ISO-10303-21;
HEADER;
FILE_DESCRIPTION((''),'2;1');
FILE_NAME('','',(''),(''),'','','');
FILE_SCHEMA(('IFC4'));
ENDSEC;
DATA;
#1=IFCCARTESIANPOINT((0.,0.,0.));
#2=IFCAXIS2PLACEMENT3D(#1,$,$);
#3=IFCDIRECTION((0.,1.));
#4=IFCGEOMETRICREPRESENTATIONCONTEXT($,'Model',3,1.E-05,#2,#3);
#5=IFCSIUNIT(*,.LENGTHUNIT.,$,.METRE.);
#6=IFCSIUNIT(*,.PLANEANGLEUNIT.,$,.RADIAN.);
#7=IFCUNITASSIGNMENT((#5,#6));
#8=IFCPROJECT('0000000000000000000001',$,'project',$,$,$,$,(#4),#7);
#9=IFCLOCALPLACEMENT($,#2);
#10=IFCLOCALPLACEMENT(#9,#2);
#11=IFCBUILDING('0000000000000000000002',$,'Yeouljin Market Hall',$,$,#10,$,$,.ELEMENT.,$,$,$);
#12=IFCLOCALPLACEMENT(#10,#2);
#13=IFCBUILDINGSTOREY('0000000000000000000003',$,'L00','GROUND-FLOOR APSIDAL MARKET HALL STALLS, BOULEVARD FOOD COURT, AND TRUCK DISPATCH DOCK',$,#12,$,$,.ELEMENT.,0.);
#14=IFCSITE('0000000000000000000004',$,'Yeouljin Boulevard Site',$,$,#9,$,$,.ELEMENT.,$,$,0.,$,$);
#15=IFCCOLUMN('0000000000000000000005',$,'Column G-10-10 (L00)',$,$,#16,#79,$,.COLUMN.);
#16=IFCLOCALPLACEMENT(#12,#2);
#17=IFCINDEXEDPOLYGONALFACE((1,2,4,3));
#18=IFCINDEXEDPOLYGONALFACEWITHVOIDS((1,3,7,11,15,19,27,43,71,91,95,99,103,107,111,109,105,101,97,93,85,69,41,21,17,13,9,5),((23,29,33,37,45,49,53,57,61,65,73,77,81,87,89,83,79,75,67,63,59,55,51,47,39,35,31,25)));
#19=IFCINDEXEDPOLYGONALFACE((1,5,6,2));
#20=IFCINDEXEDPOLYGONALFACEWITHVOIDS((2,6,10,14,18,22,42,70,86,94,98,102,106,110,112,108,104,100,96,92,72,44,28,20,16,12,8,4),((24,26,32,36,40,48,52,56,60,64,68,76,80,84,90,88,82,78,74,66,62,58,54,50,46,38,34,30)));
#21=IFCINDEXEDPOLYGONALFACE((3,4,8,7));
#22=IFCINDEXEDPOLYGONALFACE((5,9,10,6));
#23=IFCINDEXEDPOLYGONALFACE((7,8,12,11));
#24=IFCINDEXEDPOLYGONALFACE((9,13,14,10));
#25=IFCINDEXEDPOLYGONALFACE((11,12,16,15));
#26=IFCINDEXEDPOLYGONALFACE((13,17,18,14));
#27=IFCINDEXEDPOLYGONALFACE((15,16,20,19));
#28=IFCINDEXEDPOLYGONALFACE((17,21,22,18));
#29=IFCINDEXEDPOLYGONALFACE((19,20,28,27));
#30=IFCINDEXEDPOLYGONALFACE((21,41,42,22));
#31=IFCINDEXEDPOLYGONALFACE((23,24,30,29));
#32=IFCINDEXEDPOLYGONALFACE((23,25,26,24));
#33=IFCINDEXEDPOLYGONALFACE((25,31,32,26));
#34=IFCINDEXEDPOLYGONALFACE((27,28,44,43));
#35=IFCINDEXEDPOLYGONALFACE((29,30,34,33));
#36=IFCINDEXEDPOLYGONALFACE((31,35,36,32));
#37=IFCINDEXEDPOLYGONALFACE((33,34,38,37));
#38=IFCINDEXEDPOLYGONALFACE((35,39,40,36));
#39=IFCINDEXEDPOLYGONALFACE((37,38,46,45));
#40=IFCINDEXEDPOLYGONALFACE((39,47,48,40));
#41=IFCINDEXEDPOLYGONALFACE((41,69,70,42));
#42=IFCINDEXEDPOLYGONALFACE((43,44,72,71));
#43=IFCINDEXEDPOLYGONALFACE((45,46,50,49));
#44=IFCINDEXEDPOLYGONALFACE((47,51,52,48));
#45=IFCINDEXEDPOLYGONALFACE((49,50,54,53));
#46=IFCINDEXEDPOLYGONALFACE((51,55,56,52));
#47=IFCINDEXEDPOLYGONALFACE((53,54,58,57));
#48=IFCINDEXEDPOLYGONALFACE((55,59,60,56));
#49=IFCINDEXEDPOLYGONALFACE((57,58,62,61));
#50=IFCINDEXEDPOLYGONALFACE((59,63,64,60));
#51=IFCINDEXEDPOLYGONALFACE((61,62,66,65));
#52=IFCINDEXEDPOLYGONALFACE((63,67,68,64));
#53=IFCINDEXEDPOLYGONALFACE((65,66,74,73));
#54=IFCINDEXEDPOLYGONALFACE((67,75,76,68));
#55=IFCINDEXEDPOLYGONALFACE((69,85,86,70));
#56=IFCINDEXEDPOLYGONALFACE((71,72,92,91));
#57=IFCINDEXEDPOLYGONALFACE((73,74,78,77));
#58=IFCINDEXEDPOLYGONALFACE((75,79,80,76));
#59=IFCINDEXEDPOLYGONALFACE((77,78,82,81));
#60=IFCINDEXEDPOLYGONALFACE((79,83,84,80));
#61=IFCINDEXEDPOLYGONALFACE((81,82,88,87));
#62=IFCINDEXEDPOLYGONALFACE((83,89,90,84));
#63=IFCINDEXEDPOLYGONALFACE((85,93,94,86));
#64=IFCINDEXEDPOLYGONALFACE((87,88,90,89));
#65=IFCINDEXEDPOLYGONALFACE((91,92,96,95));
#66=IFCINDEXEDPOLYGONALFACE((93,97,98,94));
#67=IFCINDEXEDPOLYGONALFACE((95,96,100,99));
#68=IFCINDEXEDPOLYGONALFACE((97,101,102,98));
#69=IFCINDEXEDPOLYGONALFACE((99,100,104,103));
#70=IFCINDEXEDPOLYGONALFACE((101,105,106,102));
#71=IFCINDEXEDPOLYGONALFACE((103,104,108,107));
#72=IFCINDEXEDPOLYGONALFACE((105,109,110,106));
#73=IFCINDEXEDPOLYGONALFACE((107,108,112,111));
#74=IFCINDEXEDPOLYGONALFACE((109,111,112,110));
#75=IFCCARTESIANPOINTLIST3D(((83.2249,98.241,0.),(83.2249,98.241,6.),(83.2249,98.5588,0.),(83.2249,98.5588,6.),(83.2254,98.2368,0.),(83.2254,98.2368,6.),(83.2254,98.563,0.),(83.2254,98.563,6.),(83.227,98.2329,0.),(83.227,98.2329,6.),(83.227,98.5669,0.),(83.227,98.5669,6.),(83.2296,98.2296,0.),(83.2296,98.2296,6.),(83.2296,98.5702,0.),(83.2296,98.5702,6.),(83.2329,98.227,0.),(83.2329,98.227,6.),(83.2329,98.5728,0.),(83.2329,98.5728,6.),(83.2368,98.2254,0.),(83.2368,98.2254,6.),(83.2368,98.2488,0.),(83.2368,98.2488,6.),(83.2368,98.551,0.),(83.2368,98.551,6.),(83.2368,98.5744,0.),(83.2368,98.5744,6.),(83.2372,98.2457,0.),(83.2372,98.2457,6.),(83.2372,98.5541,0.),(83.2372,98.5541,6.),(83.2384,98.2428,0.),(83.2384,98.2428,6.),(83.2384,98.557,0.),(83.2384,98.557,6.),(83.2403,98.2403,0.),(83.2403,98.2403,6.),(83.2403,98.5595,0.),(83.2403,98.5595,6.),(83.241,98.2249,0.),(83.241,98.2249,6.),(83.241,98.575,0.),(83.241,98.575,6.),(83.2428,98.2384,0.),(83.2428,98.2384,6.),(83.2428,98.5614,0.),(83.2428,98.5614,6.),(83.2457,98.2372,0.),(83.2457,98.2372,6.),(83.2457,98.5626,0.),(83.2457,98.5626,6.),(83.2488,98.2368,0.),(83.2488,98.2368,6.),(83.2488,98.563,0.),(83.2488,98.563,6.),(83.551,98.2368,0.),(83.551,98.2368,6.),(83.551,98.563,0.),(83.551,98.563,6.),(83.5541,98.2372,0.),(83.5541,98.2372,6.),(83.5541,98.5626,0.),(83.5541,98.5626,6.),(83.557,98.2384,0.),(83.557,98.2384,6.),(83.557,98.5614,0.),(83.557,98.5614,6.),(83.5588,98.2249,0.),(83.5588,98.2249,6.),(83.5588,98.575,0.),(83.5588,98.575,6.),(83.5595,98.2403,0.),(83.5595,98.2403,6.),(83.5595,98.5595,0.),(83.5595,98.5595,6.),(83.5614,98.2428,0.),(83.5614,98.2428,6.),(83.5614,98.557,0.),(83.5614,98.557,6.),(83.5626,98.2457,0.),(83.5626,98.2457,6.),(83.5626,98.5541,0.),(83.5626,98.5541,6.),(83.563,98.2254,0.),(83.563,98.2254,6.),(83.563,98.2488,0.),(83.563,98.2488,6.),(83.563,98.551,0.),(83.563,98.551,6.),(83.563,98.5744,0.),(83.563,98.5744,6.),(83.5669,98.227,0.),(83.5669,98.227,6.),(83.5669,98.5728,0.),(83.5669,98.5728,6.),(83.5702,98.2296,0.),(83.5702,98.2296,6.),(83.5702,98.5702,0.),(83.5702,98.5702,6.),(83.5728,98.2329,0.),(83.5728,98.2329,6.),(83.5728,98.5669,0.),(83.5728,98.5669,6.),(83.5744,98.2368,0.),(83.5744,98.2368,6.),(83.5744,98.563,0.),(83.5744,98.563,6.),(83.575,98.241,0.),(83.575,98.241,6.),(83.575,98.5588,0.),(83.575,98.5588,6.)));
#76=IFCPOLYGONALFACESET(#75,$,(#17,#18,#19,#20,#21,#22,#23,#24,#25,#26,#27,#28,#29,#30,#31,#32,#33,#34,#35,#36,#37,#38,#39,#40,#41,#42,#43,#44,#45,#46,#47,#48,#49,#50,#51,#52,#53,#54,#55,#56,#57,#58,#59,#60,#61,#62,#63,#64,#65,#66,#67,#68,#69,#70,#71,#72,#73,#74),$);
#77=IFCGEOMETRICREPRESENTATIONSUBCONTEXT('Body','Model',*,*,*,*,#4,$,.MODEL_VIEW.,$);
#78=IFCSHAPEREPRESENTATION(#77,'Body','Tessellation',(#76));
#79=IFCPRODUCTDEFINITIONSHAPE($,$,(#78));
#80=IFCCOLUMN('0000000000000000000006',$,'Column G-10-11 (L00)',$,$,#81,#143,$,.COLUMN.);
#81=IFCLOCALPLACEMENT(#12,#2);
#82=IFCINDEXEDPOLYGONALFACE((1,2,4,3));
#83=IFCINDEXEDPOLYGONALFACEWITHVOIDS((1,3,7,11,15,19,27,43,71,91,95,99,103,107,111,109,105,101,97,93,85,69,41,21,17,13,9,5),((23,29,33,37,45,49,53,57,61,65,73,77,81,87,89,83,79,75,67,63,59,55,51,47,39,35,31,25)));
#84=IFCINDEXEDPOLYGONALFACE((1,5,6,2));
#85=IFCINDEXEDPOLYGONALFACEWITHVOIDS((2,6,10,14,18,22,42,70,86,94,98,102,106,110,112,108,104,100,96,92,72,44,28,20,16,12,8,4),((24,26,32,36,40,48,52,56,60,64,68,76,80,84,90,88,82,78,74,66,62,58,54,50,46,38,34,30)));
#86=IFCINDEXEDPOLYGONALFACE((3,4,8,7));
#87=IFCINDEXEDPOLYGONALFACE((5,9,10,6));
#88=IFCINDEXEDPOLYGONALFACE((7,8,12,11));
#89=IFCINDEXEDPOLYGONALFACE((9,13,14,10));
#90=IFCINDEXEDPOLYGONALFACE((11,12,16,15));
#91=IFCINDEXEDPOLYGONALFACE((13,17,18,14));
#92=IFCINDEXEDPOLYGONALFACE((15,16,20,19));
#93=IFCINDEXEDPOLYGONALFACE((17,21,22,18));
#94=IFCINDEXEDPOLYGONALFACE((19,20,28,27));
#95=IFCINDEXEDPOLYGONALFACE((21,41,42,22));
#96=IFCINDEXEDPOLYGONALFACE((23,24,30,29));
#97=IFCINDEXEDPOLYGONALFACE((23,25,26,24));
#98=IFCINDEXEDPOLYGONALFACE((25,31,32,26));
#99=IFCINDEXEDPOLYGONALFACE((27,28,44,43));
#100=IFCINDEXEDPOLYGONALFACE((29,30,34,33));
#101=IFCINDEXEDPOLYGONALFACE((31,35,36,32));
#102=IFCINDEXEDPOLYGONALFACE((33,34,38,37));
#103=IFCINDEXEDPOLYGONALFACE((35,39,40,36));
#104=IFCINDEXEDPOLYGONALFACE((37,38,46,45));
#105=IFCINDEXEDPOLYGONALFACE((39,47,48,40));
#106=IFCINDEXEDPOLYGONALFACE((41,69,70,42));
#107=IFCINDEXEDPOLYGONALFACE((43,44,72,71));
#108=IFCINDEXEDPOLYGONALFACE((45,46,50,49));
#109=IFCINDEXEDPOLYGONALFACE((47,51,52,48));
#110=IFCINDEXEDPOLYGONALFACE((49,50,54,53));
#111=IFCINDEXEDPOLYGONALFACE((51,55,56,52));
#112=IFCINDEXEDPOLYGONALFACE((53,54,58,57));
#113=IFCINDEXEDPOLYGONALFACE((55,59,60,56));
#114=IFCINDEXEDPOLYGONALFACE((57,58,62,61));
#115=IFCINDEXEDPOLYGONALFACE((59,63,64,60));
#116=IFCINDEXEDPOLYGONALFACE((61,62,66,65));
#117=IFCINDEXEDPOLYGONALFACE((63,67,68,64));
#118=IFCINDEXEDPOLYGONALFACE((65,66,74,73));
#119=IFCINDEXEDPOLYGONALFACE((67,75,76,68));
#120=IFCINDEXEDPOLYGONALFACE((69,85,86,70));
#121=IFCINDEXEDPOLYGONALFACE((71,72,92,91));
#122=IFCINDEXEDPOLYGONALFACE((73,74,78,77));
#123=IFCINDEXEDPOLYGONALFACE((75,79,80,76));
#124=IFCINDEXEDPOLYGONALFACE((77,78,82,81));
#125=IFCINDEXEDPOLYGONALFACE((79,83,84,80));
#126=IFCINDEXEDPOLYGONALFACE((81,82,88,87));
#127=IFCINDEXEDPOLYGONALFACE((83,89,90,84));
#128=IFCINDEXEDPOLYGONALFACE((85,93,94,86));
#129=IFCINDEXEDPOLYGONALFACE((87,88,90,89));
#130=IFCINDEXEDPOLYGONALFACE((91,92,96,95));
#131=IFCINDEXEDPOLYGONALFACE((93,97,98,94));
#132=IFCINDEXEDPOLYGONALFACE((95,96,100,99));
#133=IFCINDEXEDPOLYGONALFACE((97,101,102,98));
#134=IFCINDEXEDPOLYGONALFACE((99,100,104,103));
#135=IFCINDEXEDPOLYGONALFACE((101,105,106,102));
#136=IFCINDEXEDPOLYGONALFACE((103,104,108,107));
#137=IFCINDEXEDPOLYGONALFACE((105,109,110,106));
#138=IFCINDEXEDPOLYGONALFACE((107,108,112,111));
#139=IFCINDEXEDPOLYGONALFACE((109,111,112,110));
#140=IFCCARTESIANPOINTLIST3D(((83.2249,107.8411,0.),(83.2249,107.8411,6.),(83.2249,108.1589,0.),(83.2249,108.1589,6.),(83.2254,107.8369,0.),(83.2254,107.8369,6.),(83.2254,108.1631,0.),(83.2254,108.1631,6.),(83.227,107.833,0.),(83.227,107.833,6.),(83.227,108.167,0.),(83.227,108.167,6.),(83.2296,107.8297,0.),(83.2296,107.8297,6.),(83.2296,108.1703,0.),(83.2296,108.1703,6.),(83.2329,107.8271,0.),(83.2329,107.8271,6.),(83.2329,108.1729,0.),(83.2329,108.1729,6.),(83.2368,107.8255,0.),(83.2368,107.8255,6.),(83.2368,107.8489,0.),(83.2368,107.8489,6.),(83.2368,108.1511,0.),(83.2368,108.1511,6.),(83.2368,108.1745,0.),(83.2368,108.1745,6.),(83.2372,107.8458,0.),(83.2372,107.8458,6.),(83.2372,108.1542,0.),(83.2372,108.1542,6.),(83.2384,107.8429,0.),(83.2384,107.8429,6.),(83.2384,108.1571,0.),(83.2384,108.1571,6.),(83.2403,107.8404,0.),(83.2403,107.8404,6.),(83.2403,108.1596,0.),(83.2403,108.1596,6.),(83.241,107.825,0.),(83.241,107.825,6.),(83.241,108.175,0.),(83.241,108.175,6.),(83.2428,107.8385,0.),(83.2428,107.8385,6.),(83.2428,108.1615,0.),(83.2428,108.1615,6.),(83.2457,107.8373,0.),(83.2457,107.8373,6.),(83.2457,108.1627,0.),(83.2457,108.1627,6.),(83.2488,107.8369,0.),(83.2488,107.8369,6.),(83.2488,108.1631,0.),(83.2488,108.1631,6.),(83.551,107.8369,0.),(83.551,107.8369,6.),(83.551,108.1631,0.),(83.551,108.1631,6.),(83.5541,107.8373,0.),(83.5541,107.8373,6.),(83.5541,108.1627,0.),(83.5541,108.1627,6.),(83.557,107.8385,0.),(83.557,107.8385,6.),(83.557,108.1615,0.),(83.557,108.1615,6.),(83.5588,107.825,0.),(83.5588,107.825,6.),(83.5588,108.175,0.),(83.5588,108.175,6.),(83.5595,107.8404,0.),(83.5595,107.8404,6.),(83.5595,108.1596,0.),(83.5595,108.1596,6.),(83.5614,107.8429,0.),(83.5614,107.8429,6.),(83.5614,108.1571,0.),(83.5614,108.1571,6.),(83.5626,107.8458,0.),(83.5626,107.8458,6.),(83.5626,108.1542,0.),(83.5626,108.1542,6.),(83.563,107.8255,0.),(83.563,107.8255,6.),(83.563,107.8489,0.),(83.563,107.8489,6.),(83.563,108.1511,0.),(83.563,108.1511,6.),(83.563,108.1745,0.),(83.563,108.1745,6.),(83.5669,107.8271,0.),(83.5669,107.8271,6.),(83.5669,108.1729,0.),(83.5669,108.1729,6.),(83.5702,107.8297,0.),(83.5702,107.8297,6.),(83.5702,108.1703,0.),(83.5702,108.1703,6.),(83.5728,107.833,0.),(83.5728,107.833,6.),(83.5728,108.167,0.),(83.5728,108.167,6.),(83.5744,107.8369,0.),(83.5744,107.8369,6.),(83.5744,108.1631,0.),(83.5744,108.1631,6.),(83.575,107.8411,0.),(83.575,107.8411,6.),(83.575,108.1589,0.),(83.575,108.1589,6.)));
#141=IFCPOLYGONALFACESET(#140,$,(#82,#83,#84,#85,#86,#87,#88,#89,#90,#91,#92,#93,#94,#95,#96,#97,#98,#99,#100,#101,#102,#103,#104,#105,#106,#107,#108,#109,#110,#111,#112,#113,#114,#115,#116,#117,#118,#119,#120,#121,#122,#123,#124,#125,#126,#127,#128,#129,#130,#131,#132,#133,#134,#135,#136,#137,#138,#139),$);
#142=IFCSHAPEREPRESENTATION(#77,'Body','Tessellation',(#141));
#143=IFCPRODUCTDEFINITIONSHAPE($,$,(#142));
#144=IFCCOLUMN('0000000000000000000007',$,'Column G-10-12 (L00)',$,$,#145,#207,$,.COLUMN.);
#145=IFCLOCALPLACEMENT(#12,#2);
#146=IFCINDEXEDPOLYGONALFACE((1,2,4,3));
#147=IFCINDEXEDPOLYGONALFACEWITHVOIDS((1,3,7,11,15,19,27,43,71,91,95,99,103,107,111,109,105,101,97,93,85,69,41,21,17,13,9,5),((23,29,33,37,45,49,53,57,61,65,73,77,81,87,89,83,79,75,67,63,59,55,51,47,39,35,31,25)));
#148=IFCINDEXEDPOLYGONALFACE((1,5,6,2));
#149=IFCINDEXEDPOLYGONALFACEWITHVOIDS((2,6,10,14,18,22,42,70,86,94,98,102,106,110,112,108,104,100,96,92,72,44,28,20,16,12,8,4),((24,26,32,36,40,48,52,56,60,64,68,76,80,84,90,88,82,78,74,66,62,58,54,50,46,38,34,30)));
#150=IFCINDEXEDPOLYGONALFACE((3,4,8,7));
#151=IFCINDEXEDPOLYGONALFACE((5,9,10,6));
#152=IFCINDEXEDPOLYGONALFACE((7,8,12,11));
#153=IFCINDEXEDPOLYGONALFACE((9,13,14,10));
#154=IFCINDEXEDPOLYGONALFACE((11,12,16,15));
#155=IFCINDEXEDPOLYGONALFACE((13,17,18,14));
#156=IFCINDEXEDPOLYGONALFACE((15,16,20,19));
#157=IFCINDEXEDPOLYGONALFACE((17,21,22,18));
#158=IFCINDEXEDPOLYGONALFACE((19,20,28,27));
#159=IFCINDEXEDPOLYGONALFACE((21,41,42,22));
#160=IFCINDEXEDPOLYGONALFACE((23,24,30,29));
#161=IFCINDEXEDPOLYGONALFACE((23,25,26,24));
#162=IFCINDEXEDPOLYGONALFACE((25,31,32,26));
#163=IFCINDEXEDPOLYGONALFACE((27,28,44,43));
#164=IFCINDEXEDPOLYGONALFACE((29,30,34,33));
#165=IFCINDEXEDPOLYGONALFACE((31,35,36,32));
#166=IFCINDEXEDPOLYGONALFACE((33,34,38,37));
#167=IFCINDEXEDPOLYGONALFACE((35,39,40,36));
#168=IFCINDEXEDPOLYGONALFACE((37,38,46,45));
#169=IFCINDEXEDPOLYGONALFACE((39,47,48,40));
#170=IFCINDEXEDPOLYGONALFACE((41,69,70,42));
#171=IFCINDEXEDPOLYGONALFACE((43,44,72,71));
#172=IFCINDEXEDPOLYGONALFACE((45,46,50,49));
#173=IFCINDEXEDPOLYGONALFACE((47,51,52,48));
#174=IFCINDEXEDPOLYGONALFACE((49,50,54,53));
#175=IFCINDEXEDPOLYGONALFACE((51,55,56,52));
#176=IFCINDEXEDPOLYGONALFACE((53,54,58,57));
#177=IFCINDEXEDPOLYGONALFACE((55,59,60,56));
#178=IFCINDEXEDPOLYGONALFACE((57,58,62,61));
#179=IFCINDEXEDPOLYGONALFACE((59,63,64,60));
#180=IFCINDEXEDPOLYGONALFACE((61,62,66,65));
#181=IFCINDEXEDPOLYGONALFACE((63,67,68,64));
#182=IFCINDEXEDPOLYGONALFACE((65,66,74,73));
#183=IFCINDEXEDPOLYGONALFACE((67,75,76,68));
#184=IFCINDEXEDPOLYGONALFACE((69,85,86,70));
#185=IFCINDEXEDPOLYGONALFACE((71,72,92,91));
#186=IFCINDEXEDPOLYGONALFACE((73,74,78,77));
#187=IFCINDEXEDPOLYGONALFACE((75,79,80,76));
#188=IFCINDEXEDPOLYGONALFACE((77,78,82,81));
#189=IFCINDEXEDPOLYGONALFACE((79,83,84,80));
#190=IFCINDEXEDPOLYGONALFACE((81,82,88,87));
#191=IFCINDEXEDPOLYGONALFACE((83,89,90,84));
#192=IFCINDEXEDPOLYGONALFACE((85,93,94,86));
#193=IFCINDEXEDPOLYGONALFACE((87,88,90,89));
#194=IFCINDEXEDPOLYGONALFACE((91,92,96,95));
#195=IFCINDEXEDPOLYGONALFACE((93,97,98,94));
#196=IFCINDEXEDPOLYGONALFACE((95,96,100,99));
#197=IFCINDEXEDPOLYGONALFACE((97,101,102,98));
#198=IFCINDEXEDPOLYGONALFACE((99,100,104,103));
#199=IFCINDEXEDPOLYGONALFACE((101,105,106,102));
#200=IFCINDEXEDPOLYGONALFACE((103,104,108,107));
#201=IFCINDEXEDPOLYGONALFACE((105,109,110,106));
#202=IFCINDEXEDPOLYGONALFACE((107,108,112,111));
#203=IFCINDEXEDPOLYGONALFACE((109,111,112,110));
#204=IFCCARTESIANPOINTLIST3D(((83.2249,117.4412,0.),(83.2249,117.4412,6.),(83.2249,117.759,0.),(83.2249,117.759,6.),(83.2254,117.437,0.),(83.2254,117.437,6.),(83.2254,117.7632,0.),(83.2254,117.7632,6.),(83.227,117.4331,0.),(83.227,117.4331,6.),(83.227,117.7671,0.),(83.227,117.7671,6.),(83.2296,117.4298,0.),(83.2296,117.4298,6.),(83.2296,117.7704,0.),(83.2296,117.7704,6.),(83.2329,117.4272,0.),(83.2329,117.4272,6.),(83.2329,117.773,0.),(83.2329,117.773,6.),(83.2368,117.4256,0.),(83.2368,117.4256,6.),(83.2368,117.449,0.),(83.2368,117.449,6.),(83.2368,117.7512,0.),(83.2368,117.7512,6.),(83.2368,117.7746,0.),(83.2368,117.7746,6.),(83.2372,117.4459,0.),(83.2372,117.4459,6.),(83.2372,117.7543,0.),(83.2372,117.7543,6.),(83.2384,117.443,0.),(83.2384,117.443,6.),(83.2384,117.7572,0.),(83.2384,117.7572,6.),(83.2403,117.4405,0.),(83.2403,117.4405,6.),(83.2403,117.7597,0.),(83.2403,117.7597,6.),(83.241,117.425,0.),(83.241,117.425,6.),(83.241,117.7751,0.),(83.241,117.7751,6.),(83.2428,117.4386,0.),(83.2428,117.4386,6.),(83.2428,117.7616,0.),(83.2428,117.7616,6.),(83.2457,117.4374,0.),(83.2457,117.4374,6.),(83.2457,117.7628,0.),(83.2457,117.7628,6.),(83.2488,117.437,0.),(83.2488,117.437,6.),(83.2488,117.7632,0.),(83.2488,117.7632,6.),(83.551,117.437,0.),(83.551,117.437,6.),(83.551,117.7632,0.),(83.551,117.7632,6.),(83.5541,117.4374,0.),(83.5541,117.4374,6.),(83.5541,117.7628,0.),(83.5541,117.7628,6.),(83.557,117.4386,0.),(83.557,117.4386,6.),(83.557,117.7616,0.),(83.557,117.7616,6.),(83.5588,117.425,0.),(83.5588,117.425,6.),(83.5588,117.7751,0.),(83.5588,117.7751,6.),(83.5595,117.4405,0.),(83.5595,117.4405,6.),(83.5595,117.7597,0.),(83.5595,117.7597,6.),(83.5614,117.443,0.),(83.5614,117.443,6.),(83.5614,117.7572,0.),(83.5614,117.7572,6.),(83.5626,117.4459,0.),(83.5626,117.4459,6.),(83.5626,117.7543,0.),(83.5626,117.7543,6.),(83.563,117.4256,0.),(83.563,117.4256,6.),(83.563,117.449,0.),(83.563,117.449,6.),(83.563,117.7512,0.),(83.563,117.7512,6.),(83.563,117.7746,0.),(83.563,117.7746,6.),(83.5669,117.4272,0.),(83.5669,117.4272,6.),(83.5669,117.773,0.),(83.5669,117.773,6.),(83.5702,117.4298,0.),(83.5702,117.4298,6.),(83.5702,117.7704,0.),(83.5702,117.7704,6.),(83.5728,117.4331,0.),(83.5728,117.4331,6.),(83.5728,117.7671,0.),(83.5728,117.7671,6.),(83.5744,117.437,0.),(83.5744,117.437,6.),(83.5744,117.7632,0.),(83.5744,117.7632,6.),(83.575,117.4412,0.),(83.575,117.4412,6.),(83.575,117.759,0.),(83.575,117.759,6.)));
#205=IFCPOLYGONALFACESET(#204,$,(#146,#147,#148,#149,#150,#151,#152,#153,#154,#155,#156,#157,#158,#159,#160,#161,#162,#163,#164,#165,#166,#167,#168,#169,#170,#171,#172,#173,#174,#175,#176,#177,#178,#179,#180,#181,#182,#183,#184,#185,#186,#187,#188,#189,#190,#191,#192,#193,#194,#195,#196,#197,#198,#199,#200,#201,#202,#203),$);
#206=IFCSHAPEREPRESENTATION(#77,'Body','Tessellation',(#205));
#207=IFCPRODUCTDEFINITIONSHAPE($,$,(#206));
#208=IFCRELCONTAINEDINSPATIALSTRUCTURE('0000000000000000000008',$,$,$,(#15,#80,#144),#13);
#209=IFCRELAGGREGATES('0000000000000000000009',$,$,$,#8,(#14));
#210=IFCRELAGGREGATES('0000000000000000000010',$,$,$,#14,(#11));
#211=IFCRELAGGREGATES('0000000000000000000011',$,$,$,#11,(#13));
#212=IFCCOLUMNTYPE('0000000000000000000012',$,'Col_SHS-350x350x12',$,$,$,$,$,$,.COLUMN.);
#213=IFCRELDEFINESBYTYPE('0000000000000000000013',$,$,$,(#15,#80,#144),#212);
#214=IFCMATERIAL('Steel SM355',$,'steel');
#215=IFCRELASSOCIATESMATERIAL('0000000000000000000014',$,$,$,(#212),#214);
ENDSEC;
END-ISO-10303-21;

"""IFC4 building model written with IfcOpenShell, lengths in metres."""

from ifc_helpers import new_model, si_unit, direction, frame, origin, origin_2d, place, context, subcontext, project, spatial, hollow_rectangle, extrude, material, material_profile, profile_set, type_object, element, save


model = new_model("IFC4")

# Units and contexts
model_context = context("Model", 3, precision=1e-05, world=origin(), true_north=direction((0.0, 1.0)))
body_context = subcontext(model_context, "Body", "Model", "MODEL_VIEW")
ifc_project = project(units=[si_unit("LENGTHUNIT", "METRE"), si_unit("PLANEANGLEUNIT", "RADIAN")], contexts=[model_context])

# Site, building, storey
site_placement = place(None, origin())
site = spatial("IfcSite", under=ifc_project, at=site_placement, Name="Yeouljin Boulevard Site", CompositionType="ELEMENT", RefElevation=0.0)
building_placement = place(site_placement, origin())
building = spatial("IfcBuilding", under=site, at=building_placement, Name="Yeouljin Market Hall", CompositionType="ELEMENT")
storey_placement = place(building_placement, origin())
storey = spatial("IfcBuildingStorey", under=building, at=storey_placement, Name="L00", Description="GROUND-FLOOR APSIDAL MARKET HALL STALLS, BOULEVARD FOOD COURT, AND TRUCK DISPATCH DOCK", CompositionType="ELEMENT", Elevation=0.0)

# Columns
ifc_material_1 = material(Name="Steel SM355", Category="steel")
ifc_material_profile_1 = material_profile(ifc_material_1, hollow_rectangle(XDim=0.3501, YDim=0.3501, WallThickness=0.012, InnerFilletRadius=0.012, OuterFilletRadius=0.0161, at=origin_2d()), Name="SHS-350x350x12")
ifc_profile_set_1 = profile_set([ifc_material_profile_1], Name="Steel SM355")
column_type_1 = type_object("IfcColumnType", Name="Col_SHS-350x350x12", PredefinedType="COLUMN", material=ifc_profile_set_1)
for number, where, z_axis, x_axis, name in (
    (1, (83.3999, 98.3999, 0.0), (0.0, 0.0, 1.0), (1.0, 0.0, 0.0), "Column G-10-10 (L00)"),
    (2, (83.3999, 108.0, 0.0), (0.0, 0.0, 1.0), (1.0, 0.0, 0.0), "Column G-10-11 (L00)"),
    (3, (83.3999, 117.6001, 0.0), (0.0, 0.0, 1.0), (1.0, 0.0, 0.0), "Column G-10-12 (L00)"),
):
    element("IfcColumn", number, at=place(storey_placement, frame(where, z_axis=z_axis, x_axis=x_axis)), inside=storey, type_object=column_type_1, Name=name, PredefinedType="COLUMN", context=body_context, shape_type="SweptSolid", body=[
        extrude(hollow_rectangle(XDim=0.3501, YDim=0.3501, WallThickness=0.012, InnerFilletRadius=0.012, OuterFilletRadius=0.0161, at=origin_2d()), origin(), (0.0, 0.0, 1.0), 6.0),
    ])

save(model, "model.ifc")
